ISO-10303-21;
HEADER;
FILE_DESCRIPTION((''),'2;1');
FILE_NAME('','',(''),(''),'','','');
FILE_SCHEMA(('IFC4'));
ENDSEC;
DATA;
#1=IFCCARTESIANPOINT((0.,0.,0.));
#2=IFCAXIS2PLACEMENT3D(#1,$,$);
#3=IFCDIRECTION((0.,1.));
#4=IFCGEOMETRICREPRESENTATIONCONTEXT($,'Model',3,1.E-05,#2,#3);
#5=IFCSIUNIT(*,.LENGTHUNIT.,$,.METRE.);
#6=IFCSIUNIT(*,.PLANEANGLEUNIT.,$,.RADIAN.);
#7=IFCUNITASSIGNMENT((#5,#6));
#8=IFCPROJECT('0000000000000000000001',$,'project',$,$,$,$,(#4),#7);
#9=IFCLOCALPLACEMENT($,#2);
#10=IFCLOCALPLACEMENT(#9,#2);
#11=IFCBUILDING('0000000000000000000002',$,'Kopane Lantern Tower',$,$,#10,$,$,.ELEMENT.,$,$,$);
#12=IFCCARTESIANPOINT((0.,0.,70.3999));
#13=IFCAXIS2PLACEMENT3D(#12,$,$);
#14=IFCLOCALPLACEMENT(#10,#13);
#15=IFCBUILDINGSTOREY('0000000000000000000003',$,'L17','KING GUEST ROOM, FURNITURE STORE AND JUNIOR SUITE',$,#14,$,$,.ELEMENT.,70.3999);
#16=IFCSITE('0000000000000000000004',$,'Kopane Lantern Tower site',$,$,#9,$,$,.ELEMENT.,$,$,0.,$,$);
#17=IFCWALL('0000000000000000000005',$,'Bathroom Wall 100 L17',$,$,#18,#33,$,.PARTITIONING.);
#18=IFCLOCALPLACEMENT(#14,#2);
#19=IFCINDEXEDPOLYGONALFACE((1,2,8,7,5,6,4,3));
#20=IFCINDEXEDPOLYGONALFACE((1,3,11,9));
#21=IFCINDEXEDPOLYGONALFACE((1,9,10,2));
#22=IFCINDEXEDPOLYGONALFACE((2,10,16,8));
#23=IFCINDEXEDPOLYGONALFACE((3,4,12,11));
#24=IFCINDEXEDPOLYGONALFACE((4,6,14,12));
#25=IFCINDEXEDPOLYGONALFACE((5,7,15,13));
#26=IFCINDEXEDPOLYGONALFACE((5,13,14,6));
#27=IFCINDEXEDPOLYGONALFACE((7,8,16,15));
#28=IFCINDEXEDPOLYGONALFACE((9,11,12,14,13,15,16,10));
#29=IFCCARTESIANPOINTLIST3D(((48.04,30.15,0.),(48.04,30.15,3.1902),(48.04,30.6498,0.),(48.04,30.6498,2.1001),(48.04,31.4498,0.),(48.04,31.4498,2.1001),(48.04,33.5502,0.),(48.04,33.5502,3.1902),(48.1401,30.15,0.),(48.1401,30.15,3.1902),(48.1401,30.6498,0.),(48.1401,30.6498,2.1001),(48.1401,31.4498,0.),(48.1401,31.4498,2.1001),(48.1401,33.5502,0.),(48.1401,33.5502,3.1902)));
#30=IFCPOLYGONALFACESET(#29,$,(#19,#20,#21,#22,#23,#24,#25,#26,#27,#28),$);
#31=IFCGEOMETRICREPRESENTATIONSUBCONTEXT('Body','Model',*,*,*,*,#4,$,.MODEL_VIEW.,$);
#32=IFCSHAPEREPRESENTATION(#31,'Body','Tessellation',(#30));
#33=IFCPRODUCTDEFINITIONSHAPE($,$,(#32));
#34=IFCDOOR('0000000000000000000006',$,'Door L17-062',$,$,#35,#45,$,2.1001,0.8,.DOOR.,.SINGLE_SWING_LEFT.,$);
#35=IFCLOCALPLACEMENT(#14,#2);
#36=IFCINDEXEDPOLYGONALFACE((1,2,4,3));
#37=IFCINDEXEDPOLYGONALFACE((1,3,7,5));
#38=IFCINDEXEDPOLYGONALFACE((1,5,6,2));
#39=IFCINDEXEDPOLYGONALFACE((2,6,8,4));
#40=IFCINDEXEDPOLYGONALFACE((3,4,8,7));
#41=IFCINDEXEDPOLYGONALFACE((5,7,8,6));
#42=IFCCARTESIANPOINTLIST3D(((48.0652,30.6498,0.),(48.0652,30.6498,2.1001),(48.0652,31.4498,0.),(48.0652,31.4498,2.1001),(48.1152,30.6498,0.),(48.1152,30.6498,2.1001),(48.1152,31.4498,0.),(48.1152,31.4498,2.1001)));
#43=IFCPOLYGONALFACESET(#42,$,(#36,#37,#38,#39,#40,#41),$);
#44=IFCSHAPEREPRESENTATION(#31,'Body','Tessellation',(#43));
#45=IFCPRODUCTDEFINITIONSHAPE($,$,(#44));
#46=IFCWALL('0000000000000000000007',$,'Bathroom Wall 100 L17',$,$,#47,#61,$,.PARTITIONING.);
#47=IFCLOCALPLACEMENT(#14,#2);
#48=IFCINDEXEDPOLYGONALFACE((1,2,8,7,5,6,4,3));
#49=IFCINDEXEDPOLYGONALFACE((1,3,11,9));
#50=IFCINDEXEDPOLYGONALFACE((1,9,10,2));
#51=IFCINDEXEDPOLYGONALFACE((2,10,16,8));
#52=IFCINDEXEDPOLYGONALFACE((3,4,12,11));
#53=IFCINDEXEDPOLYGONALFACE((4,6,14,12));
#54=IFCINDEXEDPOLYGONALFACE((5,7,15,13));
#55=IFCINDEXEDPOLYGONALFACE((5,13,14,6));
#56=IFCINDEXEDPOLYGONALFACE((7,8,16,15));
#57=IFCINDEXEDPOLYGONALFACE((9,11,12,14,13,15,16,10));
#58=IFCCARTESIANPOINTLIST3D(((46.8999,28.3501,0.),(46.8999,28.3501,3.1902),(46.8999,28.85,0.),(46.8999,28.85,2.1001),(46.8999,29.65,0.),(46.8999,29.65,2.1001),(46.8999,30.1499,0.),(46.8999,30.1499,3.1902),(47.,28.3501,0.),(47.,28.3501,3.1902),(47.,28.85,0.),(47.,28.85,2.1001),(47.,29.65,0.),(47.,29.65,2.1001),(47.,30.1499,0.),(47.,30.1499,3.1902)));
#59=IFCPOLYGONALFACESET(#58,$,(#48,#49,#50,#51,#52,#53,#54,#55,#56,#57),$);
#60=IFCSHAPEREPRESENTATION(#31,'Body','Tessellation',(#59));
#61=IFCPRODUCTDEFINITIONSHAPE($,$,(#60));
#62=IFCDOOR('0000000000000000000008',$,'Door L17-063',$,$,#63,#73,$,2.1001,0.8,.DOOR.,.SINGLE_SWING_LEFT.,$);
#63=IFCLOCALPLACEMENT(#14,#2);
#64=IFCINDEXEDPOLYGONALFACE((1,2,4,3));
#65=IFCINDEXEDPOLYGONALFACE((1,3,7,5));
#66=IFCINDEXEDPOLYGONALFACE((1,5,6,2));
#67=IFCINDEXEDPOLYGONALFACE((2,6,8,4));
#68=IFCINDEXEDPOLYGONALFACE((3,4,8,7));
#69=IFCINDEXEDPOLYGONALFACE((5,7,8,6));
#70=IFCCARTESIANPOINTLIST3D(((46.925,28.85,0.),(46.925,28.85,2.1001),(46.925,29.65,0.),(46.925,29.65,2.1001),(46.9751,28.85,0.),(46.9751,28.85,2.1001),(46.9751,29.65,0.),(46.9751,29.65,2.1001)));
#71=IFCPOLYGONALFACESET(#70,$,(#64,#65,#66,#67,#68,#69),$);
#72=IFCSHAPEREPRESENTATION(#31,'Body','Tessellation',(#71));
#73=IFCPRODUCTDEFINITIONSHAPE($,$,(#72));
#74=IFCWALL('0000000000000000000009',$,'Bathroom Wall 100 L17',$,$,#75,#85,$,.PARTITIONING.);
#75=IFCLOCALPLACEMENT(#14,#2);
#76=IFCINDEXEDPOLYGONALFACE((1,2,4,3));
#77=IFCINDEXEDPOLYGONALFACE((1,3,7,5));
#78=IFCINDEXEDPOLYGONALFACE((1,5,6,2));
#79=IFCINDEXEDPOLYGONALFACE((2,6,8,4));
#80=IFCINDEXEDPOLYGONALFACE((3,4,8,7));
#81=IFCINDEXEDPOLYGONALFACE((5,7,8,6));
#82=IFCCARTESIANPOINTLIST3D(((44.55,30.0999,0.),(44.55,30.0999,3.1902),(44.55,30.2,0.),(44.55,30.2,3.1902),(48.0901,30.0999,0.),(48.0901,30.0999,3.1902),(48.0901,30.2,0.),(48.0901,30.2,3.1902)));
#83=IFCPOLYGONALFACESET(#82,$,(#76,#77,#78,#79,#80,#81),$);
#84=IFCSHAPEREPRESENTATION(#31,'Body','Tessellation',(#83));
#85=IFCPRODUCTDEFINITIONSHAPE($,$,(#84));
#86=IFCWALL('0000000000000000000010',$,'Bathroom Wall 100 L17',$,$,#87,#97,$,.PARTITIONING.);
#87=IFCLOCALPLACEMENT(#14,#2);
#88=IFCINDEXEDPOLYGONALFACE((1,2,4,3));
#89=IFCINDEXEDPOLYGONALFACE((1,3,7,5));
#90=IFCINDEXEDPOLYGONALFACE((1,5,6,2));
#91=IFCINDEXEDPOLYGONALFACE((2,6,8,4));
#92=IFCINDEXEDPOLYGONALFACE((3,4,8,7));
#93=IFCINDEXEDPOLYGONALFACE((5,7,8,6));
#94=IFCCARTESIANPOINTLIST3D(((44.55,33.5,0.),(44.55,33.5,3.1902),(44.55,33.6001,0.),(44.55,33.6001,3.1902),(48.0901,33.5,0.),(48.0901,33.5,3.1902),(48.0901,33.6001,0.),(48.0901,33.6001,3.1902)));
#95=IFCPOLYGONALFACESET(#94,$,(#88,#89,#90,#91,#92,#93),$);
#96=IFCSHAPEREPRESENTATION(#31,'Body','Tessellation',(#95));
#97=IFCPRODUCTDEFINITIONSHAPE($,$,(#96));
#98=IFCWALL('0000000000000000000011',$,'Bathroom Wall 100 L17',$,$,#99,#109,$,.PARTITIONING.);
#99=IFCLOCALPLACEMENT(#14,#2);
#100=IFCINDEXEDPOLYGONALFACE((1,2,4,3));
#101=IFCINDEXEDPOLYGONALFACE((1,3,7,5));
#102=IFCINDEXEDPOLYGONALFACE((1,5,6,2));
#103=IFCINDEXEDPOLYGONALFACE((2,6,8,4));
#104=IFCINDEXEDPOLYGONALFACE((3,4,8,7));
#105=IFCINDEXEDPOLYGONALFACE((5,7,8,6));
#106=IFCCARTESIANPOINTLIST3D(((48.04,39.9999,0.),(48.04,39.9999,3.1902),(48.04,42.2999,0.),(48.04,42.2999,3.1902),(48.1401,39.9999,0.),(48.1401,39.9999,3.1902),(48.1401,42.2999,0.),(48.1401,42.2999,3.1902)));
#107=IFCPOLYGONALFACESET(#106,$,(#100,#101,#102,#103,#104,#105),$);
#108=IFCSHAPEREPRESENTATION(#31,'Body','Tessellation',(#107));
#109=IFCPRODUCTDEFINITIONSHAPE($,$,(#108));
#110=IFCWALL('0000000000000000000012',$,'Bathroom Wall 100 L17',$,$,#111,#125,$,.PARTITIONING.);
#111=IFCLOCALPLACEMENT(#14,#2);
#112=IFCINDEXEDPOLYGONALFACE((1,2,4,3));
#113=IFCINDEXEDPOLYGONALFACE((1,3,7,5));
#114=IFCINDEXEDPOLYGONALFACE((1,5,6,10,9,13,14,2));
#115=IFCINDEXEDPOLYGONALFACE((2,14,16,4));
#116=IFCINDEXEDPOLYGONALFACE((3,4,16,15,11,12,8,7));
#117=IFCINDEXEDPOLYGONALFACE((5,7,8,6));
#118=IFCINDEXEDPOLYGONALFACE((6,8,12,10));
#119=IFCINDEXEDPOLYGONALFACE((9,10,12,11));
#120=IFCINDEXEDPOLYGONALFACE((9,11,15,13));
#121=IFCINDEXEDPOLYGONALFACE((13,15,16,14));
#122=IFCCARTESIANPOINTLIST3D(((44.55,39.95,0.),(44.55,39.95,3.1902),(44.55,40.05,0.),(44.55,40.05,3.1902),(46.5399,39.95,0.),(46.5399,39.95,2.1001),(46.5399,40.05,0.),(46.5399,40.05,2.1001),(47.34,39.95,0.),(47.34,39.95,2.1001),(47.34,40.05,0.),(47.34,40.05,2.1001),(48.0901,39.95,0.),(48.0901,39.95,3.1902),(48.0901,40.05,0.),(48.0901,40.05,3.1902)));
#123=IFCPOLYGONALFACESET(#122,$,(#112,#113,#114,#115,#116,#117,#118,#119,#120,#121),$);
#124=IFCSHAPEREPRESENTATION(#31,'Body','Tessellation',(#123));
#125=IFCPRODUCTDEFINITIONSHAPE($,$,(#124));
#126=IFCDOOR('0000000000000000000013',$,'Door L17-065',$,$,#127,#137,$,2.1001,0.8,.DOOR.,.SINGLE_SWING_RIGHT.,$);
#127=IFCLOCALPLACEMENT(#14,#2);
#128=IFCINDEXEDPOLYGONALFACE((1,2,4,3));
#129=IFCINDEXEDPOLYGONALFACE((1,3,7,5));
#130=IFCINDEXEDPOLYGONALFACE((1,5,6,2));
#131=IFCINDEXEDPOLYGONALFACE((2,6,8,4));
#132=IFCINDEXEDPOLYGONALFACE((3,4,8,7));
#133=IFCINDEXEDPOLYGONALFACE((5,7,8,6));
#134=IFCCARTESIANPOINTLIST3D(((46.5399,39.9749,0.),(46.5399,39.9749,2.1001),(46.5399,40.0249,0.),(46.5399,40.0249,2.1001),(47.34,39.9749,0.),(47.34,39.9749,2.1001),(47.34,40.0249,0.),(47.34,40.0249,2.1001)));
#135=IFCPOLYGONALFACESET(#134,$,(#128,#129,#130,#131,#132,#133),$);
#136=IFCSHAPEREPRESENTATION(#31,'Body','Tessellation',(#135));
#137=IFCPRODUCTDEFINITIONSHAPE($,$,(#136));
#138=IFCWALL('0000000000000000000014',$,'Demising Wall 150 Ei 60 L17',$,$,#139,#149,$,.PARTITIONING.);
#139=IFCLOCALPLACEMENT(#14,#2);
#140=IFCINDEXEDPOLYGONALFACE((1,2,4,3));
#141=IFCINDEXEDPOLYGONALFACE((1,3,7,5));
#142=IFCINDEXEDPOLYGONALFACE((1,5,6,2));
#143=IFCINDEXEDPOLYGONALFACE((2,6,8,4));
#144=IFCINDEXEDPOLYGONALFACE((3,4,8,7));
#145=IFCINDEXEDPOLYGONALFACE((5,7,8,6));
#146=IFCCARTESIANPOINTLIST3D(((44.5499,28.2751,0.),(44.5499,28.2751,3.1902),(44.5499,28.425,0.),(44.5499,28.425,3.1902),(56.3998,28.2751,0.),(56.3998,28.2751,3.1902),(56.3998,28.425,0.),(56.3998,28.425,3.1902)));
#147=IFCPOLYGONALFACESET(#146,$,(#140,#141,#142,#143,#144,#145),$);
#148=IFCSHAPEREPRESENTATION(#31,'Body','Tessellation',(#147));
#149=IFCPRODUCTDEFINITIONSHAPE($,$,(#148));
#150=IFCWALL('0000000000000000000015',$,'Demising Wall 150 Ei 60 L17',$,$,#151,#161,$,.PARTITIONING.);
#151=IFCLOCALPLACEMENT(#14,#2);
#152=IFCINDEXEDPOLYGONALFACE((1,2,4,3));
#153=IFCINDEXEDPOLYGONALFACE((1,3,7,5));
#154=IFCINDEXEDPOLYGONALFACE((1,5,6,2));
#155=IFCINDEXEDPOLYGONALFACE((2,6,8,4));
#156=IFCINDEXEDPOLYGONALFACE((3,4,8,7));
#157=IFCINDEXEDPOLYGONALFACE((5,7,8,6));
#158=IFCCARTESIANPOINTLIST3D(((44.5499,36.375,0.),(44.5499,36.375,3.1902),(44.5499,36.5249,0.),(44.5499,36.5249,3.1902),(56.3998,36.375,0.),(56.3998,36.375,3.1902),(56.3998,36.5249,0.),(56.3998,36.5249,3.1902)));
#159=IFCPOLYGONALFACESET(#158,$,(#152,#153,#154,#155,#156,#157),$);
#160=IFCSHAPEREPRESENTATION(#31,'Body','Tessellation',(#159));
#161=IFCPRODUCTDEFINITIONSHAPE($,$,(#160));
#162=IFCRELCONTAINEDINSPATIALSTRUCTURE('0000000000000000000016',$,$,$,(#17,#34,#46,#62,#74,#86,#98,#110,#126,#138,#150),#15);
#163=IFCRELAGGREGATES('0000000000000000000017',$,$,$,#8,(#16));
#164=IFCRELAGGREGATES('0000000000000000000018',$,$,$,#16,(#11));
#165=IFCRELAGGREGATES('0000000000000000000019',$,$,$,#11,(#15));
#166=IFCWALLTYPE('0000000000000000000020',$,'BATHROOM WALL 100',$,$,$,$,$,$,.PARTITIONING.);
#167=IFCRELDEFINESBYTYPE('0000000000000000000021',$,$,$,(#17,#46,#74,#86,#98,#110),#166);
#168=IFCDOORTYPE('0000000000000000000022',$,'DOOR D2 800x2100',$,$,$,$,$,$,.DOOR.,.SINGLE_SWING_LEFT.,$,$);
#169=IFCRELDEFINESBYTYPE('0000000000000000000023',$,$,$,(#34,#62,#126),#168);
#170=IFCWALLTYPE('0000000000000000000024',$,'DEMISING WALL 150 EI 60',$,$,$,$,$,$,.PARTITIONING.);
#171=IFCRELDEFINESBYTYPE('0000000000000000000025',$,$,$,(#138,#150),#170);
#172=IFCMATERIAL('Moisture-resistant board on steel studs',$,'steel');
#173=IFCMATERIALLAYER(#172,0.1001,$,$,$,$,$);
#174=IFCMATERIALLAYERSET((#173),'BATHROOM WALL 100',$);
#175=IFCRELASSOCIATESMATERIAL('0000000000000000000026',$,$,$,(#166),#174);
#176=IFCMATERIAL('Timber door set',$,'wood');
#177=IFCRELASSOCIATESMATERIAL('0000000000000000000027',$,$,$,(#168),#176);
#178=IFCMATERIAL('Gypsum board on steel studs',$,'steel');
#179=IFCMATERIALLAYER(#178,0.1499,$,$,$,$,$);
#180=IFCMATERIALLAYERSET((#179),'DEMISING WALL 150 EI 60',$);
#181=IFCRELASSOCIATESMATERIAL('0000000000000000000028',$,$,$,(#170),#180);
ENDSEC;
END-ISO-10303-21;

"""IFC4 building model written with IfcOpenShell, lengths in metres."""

from ifc_helpers import new_model, si_unit, direction, frame, frame_2d, origin, place, context, subcontext, project, spatial, rectangle, extrude, material, layer, layer_set, type_object, element, fill, save


model = new_model("IFC4")

# Units and contexts
model_context = context("Model", 3, precision=1e-05, world=origin(), true_north=direction((0.0, 1.0)))
body_context = subcontext(model_context, "Body", "Model", "MODEL_VIEW")
ifc_project = project(units=[si_unit("LENGTHUNIT", "METRE"), si_unit("PLANEANGLEUNIT", "RADIAN")], contexts=[model_context])

# Site, building, storey
site_placement = place(None, origin())
site = spatial("IfcSite", under=ifc_project, at=site_placement, Name="Kopane Lantern Tower site", CompositionType="ELEMENT", RefElevation=0.0)
building_placement = place(site_placement, origin())
building = spatial("IfcBuilding", under=site, at=building_placement, Name="Kopane Lantern Tower", CompositionType="ELEMENT")
storey_placement = place(building_placement, frame((0.0, 0.0, 70.3999)))
storey = spatial("IfcBuildingStorey", under=building, at=storey_placement, Name="L17", Description="KING GUEST ROOM, FURNITURE STORE AND JUNIOR SUITE", CompositionType="ELEMENT", Elevation=70.3999)

# Walls, openings, doors
ifc_material_1 = material(Name="Moisture-resistant board on steel studs", Category="steel")
ifc_layer_1 = layer(ifc_material_1, 0.1001)
ifc_layer_set_1 = layer_set([ifc_layer_1], Name="BATHROOM WALL 100")
wall_type_1 = type_object("IfcWallType", Name="BATHROOM WALL 100", PredefinedType="PARTITIONING", material=ifc_layer_set_1)
ifc_material_2 = material(Name="Timber door set", Category="wood")
door_type = type_object("IfcDoorType", Name="DOOR D2 800x2100", OperationType="SINGLE_SWING_LEFT", PredefinedType="DOOR", material=ifc_material_2)
wall_1_placement = place(storey_placement, frame((48.0901, 30.1499, 0.0), z_axis=(0.0, 0.0, 1.0), x_axis=(0.0, 1.0, 0.0)))
wall_1 = element("IfcWall", 1, at=wall_1_placement, inside=storey, type_object=wall_type_1, Name="Bathroom Wall 100 L17", PredefinedType="PARTITIONING", context=body_context, shape_type="SweptSolid", body=[
    extrude(rectangle(XDim=3.4001, YDim=0.1001, at=frame_2d((1.7002, 0.0))), origin(), (0.0, 0.0, 1.0), 3.1902),
])
opening_1_placement = place(wall_1_placement, frame((0.5, 0.0, 0.0)))
opening_1 = element("IfcOpeningElement", 2, at=opening_1_placement, cuts=wall_1, PredefinedType="OPENING", context=body_context, shape_type="SweptSolid", body=[
    extrude(rectangle(XDim=0.8, YDim=2.1001, at=frame_2d((0.3999, 1.05))), frame((0.0, 0.0601, 0.0), z_axis=(0.0, -1.0, 0.0), x_axis=(1.0, 0.0, 0.0)), (0.0, 0.0, 1.0), 0.1201),
])
door_1_placement = place(opening_1_placement, origin())
door_1 = element("IfcDoor", 3, at=door_1_placement, inside=storey, type_object=door_type, Name="Door L17-062", OperationType="SINGLE_SWING_LEFT", OverallHeight=2.1001, OverallWidth=0.8, PredefinedType="DOOR", context=body_context, shape_type="SweptSolid", body=[
    extrude(rectangle(XDim=0.8, YDim=2.1001, at=frame_2d((0.3999, 1.05))), frame((0.0, 0.0249, 0.0), z_axis=(0.0, -1.0, 0.0), x_axis=(1.0, 0.0, 0.0)), (0.0, 0.0, 1.0), 0.05),
])
fill(opening_1, door_1)
wall_2_placement = place(storey_placement, frame((46.95, 28.3501, 0.0), z_axis=(0.0, 0.0, 1.0), x_axis=(0.0, 1.0, 0.0)))
wall_2 = element("IfcWall", 4, at=wall_2_placement, inside=storey, type_object=wall_type_1, Name="Bathroom Wall 100 L17", PredefinedType="PARTITIONING", context=body_context, shape_type="SweptSolid", body=[
    extrude(rectangle(XDim=1.7998, YDim=0.1001, at=frame_2d((0.8999, 0.0))), origin(), (0.0, 0.0, 1.0), 3.1902),
])
opening_2_placement = place(wall_2_placement, frame((0.5, 0.0, 0.0)))
opening_2 = element("IfcOpeningElement", 5, at=opening_2_placement, cuts=wall_2, PredefinedType="OPENING", context=body_context, shape_type="SweptSolid", body=[
    extrude(rectangle(XDim=0.8, YDim=2.1001, at=frame_2d((0.3999, 1.05))), frame((0.0, 0.0601, 0.0), z_axis=(0.0, -1.0, 0.0), x_axis=(1.0, 0.0, 0.0)), (0.0, 0.0, 1.0), 0.1201),
])
door_2_placement = place(opening_2_placement, origin())
door_2 = element("IfcDoor", 6, at=door_2_placement, inside=storey, type_object=door_type, Name="Door L17-063", OperationType="SINGLE_SWING_LEFT", OverallHeight=2.1001, OverallWidth=0.8, PredefinedType="DOOR", context=body_context, shape_type="SweptSolid", body=[
    extrude(rectangle(XDim=0.8, YDim=2.1001, at=frame_2d((0.3999, 1.05))), frame((0.0, 0.0249, 0.0), z_axis=(0.0, -1.0, 0.0), x_axis=(1.0, 0.0, 0.0)), (0.0, 0.0, 1.0), 0.05),
])
fill(opening_2, door_2)

# Walls
for number, where, z_axis, x_axis, name in (
    (7, (44.55, 30.1499, 0.0), (0.0, 0.0, 1.0), (1.0, 0.0, 0.0), "Bathroom Wall 100 L17"),
    (8, (44.55, 33.55, 0.0), (0.0, 0.0, 1.0), (1.0, 0.0, 0.0), "Bathroom Wall 100 L17"),
):
    element("IfcWall", number, at=place(storey_placement, frame(where, z_axis=z_axis, x_axis=x_axis)), inside=storey, type_object=wall_type_1, Name=name, PredefinedType="PARTITIONING", context=body_context, shape_type="SweptSolid", body=[
        extrude(rectangle(XDim=3.54, YDim=0.1001, at=frame_2d((1.77, 0.0))), origin(), (0.0, 0.0, 1.0), 3.1902),
    ])
wall_3_placement = place(storey_placement, frame((48.0901, 40.0, 0.0), z_axis=(0.0, 0.0, 1.0), x_axis=(0.0, 1.0, 0.0)))
element("IfcWall", 9, at=wall_3_placement, inside=storey, type_object=wall_type_1, Name="Bathroom Wall 100 L17", PredefinedType="PARTITIONING", context=body_context, shape_type="SweptSolid", body=[
    extrude(rectangle(XDim=2.3, YDim=0.1001, at=frame_2d((1.1499, 0.0))), origin(), (0.0, 0.0, 1.0), 3.1902),
])

# Wall, opening, door
wall_4_placement = place(storey_placement, frame((44.55, 40.0, 0.0), z_axis=(0.0, 0.0, 1.0), x_axis=(1.0, 0.0, 0.0)))
wall_4 = element("IfcWall", 10, at=wall_4_placement, inside=storey, type_object=wall_type_1, Name="Bathroom Wall 100 L17", PredefinedType="PARTITIONING", context=body_context, shape_type="SweptSolid", body=[
    extrude(rectangle(XDim=3.54, YDim=0.1001, at=frame_2d((1.77, 0.0))), origin(), (0.0, 0.0, 1.0), 3.1902),
])
opening_3_placement = place(wall_4_placement, frame((1.99, 0.0, 0.0)))
opening_3 = element("IfcOpeningElement", 11, at=opening_3_placement, cuts=wall_4, PredefinedType="OPENING", context=body_context, shape_type="SweptSolid", body=[
    extrude(rectangle(XDim=0.8, YDim=2.1001, at=frame_2d((0.3999, 1.05))), frame((0.0, 0.0601, 0.0), z_axis=(0.0, -1.0, 0.0), x_axis=(1.0, 0.0, 0.0)), (0.0, 0.0, 1.0), 0.1201),
])
door_3_placement = place(opening_3_placement, origin())
door_3 = element("IfcDoor", 12, at=door_3_placement, inside=storey, type_object=door_type, Name="Door L17-065", OperationType="SINGLE_SWING_RIGHT", OverallHeight=2.1001, OverallWidth=0.8, PredefinedType="DOOR", context=body_context, shape_type="SweptSolid", body=[
    extrude(rectangle(XDim=0.8, YDim=2.1001, at=frame_2d((0.3999, 1.05))), frame((0.0, 0.0249, 0.0), z_axis=(0.0, -1.0, 0.0), x_axis=(1.0, 0.0, 0.0)), (0.0, 0.0, 1.0), 0.05),
])
fill(opening_3, door_3)

# Walls
ifc_material_3 = material(Name="Gypsum board on steel studs", Category="steel")
ifc_layer_2 = layer(ifc_material_3, 0.1499)
ifc_layer_set_2 = layer_set([ifc_layer_2], Name="DEMISING WALL 150 EI 60")
wall_type_2 = type_object("IfcWallType", Name="DEMISING WALL 150 EI 60", PredefinedType="PARTITIONING", material=ifc_layer_set_2)
for number, where, z_axis, x_axis, name in (
    (13, (44.55, 28.3501, 0.0), (0.0, 0.0, 1.0), (1.0, 0.0, 0.0), "Demising Wall 150 Ei 60 L17"),
    (14, (44.55, 36.45, 0.0), (0.0, 0.0, 1.0), (1.0, 0.0, 0.0), "Demising Wall 150 Ei 60 L17"),
):
    element("IfcWall", number, at=place(storey_placement, frame(where, z_axis=z_axis, x_axis=x_axis)), inside=storey, type_object=wall_type_2, Name=name, PredefinedType="PARTITIONING", context=body_context, shape_type="SweptSolid", body=[
        extrude(rectangle(XDim=11.8499, YDim=0.1499, at=frame_2d((5.9248, 0.0))), origin(), (0.0, 0.0, 1.0), 3.1902),
    ])

save(model, "model.ifc")
